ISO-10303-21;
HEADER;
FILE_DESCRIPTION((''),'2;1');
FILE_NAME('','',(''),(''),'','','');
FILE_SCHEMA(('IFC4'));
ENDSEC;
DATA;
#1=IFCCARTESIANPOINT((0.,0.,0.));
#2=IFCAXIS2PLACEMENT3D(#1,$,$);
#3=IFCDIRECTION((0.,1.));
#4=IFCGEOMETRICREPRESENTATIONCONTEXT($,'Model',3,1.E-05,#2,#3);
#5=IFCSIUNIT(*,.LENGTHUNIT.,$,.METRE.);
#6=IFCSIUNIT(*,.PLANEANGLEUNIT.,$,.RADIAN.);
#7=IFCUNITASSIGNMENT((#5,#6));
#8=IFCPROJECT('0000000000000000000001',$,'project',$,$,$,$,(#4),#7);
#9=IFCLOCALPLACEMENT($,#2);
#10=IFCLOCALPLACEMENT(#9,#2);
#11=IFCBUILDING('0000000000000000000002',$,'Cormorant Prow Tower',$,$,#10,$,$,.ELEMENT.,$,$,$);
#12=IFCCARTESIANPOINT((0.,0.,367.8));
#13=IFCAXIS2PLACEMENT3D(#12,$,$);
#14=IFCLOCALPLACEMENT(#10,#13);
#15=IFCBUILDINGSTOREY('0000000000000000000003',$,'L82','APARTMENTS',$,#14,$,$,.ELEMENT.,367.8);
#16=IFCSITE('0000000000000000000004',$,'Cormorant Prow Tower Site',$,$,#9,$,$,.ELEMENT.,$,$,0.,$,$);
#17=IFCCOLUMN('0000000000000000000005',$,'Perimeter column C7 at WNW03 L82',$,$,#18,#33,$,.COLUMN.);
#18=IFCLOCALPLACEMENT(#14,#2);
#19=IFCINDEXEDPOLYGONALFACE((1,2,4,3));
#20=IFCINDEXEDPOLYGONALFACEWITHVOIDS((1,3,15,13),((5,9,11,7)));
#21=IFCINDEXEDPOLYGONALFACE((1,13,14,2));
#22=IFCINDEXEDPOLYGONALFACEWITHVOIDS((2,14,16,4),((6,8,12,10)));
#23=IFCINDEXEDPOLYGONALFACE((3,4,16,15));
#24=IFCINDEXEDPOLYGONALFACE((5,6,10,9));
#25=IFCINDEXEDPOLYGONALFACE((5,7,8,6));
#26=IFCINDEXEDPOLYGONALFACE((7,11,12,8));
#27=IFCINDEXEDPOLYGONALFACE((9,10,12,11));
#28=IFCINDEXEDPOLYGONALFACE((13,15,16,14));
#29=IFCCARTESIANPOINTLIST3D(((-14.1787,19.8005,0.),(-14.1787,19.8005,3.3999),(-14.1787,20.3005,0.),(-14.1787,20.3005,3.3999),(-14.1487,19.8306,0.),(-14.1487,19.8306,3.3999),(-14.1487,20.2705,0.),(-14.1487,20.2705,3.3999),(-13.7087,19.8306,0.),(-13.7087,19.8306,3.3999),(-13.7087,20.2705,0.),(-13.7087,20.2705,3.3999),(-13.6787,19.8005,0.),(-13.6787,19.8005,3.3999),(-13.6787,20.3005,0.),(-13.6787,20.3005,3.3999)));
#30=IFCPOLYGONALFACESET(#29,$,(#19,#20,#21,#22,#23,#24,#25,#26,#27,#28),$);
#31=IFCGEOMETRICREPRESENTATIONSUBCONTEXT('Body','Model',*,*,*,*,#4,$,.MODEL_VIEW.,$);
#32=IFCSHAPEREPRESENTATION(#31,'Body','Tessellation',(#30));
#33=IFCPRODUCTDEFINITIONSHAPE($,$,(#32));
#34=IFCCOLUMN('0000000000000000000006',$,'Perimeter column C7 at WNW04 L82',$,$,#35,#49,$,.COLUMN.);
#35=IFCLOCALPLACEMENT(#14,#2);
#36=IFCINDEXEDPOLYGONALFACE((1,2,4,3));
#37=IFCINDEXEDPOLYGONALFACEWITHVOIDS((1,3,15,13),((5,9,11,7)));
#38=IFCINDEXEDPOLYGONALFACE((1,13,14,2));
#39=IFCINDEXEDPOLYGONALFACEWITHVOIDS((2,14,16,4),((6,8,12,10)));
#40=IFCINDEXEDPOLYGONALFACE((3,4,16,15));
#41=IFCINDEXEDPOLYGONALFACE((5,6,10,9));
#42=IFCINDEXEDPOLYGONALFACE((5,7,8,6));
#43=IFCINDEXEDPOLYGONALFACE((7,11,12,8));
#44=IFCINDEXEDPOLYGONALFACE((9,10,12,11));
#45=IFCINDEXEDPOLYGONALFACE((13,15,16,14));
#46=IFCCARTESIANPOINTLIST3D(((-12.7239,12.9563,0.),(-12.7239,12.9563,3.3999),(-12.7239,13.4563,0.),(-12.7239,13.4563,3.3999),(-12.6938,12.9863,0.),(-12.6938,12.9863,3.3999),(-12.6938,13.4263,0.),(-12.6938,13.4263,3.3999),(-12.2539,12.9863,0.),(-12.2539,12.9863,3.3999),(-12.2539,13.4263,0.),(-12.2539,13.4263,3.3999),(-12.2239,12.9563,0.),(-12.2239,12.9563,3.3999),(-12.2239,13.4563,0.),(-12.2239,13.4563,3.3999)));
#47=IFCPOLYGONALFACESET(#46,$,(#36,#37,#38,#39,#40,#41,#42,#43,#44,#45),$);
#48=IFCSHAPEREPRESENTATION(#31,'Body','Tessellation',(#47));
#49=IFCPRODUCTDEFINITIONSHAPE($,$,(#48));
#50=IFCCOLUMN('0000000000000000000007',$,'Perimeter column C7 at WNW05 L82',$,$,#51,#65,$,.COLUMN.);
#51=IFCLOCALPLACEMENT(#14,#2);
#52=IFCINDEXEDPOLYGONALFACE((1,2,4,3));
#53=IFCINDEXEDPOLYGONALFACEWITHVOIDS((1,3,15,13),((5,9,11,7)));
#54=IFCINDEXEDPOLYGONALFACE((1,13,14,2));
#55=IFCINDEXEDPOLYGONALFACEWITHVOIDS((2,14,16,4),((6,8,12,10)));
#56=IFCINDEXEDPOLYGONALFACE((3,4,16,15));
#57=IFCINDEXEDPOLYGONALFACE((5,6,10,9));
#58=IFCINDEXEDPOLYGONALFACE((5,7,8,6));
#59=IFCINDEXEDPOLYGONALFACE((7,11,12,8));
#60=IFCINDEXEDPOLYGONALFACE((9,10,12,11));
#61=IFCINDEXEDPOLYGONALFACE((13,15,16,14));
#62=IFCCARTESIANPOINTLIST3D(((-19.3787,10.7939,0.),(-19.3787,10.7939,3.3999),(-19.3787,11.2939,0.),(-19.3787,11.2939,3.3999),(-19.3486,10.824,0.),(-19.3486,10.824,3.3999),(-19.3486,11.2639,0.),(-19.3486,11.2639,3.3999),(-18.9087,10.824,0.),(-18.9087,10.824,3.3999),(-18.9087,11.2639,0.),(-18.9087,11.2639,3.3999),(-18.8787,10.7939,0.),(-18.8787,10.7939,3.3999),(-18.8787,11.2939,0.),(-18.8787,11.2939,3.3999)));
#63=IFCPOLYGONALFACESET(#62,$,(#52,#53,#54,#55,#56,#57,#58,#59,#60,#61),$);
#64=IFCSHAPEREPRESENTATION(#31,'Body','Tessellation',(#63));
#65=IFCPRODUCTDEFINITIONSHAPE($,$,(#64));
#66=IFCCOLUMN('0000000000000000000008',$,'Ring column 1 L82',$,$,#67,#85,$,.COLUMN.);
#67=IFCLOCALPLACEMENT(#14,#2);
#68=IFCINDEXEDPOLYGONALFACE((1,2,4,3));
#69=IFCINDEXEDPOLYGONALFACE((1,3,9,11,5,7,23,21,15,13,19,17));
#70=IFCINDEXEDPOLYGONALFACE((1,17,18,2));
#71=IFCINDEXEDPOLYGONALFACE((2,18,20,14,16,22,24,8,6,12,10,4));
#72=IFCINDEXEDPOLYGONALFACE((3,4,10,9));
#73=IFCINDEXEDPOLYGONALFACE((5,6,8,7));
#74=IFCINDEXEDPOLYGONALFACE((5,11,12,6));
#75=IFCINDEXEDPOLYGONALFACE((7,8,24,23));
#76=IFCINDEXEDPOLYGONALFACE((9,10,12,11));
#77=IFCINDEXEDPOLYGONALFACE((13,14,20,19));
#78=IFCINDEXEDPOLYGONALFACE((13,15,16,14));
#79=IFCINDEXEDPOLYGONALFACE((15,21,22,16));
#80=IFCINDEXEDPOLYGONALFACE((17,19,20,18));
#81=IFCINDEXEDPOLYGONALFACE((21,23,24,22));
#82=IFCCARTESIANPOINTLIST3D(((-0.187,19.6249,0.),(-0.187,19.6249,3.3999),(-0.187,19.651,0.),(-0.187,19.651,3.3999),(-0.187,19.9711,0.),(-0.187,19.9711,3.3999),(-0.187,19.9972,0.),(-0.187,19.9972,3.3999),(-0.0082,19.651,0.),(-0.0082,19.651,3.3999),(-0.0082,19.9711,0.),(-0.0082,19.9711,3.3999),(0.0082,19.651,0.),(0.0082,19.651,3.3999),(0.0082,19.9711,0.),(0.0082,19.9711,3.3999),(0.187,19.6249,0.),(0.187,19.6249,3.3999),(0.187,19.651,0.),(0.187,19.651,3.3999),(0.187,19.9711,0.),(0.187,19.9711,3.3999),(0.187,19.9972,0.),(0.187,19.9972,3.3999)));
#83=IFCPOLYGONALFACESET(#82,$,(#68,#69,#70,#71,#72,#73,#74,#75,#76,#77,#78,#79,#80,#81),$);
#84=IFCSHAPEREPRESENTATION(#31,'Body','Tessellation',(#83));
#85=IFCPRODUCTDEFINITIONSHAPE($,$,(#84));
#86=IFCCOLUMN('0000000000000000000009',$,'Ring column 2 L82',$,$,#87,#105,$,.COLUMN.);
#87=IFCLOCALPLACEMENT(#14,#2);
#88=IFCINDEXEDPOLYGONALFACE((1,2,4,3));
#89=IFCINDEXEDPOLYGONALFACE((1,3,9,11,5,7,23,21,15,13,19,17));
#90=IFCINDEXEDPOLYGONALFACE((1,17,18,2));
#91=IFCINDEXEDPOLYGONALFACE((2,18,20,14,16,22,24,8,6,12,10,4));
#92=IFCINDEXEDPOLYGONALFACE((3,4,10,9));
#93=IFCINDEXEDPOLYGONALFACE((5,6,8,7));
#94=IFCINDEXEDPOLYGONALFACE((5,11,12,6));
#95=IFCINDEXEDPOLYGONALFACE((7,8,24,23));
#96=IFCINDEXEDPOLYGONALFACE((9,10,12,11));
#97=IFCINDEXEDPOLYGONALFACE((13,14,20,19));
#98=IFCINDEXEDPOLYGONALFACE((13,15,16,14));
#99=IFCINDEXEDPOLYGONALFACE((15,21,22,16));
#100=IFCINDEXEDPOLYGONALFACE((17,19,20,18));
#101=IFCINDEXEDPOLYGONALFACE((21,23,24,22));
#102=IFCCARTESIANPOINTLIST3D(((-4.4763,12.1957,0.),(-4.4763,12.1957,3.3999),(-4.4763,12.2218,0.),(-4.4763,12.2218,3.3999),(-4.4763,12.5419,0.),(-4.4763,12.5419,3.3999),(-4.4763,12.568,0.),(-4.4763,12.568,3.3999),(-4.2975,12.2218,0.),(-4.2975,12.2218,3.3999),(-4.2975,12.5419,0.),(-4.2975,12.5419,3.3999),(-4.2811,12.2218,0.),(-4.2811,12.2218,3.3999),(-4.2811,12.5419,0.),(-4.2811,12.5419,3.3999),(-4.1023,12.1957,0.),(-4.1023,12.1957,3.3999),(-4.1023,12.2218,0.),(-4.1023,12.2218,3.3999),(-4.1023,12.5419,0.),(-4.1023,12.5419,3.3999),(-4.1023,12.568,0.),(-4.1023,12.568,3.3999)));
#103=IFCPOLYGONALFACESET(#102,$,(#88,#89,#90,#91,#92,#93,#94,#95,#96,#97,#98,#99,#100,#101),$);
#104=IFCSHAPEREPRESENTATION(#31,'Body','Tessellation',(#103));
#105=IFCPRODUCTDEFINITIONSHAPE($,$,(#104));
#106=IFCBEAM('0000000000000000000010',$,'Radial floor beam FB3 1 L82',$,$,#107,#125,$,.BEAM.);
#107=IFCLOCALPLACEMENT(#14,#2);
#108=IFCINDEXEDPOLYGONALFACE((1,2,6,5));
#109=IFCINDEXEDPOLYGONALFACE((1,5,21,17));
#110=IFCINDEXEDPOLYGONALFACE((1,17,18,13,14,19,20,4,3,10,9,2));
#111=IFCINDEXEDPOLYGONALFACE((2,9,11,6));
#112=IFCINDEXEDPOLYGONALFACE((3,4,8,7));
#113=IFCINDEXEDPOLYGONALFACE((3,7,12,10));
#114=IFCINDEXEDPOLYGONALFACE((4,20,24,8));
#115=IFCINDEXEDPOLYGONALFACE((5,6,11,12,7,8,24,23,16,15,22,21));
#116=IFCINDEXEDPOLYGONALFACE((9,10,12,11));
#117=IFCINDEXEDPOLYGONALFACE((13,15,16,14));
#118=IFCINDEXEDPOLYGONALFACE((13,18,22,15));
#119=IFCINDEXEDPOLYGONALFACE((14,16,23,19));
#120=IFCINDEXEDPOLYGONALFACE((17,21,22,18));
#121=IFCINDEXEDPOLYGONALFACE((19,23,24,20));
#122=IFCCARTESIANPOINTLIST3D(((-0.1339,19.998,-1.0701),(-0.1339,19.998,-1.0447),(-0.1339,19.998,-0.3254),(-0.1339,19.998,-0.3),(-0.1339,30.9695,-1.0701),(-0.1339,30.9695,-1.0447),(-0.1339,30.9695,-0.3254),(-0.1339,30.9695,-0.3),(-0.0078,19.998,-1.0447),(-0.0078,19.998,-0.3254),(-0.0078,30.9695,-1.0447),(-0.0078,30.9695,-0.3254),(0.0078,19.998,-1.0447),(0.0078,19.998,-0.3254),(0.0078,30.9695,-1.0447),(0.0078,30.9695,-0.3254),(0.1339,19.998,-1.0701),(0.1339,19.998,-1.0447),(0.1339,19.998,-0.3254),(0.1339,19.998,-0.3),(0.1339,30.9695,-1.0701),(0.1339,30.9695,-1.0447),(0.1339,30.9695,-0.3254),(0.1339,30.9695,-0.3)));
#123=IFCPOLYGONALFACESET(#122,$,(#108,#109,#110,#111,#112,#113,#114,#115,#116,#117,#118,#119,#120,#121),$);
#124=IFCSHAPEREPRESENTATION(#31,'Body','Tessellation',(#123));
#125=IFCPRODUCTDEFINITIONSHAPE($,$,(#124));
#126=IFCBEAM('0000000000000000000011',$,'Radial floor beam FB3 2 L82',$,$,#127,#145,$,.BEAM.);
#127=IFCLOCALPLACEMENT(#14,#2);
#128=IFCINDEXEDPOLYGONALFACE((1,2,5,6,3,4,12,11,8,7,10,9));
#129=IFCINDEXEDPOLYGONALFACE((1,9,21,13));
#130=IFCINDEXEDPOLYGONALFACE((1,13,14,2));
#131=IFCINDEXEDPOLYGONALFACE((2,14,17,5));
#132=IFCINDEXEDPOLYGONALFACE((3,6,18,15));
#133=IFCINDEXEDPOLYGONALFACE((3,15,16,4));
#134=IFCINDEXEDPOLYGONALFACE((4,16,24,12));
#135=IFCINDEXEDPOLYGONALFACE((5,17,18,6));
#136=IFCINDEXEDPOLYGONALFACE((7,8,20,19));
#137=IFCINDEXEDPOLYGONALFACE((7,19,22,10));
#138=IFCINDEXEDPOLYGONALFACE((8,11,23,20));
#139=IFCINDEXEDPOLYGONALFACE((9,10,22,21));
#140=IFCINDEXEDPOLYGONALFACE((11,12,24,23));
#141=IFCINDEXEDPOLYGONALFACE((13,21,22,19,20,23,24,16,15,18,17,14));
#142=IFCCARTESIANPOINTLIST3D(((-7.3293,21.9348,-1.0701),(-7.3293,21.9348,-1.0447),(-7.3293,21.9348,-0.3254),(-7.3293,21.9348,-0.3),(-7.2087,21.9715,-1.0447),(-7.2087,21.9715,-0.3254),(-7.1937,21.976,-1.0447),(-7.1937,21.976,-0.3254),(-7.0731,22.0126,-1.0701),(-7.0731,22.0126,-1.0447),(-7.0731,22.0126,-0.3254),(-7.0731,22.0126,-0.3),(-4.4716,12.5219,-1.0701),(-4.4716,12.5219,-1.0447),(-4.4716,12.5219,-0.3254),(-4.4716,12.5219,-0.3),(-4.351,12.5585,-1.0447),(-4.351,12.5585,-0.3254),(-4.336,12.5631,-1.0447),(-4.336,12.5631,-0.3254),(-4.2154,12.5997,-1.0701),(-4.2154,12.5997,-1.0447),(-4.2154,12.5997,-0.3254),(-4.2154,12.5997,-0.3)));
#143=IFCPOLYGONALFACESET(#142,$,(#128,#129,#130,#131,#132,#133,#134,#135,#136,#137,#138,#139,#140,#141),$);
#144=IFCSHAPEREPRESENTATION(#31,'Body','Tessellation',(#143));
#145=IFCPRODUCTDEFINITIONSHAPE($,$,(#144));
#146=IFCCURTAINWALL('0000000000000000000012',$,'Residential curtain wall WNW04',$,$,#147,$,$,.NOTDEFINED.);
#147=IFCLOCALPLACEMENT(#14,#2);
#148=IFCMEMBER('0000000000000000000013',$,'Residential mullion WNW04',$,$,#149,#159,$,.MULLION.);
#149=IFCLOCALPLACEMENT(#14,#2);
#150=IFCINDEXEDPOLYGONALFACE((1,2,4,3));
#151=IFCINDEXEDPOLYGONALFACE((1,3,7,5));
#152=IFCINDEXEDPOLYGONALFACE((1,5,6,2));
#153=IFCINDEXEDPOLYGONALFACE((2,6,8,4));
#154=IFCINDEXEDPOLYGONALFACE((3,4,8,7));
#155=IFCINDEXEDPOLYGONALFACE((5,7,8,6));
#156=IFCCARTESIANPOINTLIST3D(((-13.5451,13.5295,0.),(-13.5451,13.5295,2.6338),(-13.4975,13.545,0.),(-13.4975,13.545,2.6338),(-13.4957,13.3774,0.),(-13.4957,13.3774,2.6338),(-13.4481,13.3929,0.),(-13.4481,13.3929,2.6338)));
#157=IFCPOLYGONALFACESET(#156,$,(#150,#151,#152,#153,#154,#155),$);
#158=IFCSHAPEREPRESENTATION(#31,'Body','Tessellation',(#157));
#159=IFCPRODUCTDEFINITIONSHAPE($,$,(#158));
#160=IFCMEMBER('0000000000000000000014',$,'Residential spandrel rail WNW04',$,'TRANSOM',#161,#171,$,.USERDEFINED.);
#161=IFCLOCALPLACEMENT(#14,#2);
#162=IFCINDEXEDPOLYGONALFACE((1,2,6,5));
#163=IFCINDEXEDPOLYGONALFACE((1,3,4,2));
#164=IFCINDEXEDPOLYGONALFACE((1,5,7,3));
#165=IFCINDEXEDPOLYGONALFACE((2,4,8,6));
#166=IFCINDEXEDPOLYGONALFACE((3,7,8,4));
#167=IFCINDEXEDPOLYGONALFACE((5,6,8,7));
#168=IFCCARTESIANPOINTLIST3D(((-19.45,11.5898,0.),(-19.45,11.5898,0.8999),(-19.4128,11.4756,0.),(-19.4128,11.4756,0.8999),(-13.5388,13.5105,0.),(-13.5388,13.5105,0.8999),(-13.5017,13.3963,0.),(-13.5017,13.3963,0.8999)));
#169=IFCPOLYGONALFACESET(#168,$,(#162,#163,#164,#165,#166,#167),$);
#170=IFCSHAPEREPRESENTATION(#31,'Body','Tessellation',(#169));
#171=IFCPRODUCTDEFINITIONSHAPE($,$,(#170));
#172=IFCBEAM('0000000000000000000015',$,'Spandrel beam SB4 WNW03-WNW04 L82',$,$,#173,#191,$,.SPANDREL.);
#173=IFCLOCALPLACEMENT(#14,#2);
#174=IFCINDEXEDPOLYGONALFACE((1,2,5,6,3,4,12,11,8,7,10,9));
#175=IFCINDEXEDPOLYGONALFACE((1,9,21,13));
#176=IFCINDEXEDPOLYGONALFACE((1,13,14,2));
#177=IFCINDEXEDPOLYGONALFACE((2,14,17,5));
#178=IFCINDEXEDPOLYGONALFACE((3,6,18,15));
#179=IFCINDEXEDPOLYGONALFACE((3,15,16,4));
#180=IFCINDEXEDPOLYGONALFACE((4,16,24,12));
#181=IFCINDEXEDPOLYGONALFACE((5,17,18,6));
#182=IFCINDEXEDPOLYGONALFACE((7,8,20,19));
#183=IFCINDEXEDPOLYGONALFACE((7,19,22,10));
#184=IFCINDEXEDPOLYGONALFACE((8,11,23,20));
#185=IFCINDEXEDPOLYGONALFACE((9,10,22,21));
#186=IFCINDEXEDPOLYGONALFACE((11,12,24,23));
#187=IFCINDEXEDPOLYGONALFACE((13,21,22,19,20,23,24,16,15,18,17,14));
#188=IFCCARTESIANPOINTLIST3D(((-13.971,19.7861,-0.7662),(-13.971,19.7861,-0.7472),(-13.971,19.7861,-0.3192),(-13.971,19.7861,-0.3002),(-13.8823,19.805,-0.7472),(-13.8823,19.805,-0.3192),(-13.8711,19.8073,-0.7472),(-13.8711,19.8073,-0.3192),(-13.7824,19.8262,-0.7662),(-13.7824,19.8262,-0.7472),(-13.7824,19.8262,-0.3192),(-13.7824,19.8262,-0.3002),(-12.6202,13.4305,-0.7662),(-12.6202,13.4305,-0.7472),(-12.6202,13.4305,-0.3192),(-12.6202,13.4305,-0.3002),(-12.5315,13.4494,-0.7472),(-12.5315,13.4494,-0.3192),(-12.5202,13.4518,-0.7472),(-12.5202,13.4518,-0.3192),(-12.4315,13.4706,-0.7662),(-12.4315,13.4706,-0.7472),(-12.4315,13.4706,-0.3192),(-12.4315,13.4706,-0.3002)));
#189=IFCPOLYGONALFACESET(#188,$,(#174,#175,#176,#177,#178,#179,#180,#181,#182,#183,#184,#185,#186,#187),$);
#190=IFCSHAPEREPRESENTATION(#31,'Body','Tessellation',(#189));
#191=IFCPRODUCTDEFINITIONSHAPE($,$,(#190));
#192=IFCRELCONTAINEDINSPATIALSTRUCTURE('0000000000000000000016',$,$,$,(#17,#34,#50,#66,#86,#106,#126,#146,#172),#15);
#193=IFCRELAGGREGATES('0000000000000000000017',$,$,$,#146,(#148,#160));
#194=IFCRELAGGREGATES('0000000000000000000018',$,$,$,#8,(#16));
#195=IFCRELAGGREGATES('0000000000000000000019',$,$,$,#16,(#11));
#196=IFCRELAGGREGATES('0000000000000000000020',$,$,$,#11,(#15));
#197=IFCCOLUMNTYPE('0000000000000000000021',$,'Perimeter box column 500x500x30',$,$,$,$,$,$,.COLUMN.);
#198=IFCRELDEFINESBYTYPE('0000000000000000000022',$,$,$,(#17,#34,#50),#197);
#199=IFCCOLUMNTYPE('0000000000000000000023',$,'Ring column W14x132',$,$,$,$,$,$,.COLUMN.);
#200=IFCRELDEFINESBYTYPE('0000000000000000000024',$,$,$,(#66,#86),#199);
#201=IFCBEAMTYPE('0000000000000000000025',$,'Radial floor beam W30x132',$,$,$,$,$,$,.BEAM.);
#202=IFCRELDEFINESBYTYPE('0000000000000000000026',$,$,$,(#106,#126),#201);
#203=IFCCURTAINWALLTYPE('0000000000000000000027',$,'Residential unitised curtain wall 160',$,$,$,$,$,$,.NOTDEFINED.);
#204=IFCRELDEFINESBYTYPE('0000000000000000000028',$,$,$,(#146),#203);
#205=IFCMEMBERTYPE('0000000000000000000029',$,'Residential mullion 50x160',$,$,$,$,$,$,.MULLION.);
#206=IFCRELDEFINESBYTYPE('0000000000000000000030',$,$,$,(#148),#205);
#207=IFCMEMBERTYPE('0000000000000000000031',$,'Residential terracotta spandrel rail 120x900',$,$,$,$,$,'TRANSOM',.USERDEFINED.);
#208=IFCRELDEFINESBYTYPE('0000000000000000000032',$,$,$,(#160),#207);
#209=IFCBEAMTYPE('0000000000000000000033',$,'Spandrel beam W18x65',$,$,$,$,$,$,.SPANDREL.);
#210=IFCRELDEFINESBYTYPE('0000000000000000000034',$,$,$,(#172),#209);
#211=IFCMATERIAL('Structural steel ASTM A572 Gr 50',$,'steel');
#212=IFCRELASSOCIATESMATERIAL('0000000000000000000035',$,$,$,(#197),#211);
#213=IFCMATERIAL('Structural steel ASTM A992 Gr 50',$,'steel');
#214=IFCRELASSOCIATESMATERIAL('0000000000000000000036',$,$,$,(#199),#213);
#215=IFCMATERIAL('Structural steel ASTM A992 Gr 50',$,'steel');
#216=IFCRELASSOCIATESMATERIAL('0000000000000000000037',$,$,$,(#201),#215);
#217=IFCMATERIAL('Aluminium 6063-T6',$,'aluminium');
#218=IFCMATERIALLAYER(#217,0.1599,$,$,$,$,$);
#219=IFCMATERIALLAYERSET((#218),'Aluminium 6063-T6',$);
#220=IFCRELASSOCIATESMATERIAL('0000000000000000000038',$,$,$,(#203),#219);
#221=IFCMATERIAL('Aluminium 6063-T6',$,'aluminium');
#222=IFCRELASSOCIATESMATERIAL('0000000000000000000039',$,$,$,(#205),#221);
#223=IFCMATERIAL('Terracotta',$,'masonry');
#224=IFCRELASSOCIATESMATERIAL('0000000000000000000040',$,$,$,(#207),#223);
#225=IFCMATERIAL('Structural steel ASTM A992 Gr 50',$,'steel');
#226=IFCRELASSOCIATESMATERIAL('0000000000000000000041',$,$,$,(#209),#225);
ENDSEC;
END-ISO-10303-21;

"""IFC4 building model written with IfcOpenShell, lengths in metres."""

from ifc_helpers import new_model, si_unit, direction, frame, origin, origin_2d, place, context, subcontext, project, spatial, rectangle, hollow_rectangle, i_section, extrude, material, layer, layer_set, material_profile, profile_set, type_object, element, aggregate, save


model = new_model("IFC4")

# Units and contexts
model_context = context("Model", 3, precision=1e-05, world=origin(), true_north=direction((0.0, 1.0)))
body_context = subcontext(model_context, "Body", "Model", "MODEL_VIEW")
ifc_project = project(units=[si_unit("LENGTHUNIT", "METRE"), si_unit("PLANEANGLEUNIT", "RADIAN")], contexts=[model_context])

# Site, building, storey
site_placement = place(None, origin())
site = spatial("IfcSite", under=ifc_project, at=site_placement, Name="Cormorant Prow Tower Site", CompositionType="ELEMENT", RefElevation=0.0)
building_placement = place(site_placement, origin())
building = spatial("IfcBuilding", under=site, at=building_placement, Name="Cormorant Prow Tower", CompositionType="ELEMENT")
storey_placement = place(building_placement, frame((0.0, 0.0, 367.8)))
storey = spatial("IfcBuildingStorey", under=building, at=storey_placement, Name="L82", Description="APARTMENTS", CompositionType="ELEMENT", Elevation=367.8)

# Columns
ifc_material_1 = material(Name="Structural steel ASTM A572 Gr 50", Category="steel")
ifc_material_profile_1 = material_profile(ifc_material_1, hollow_rectangle(XDim=0.5, YDim=0.5, WallThickness=0.03, at=origin_2d()), Name="Box 500x500x30")
ifc_profile_set_1 = profile_set([ifc_material_profile_1], Name="Structural steel ASTM A572 Gr 50")
column_type_1 = type_object("IfcColumnType", Name="Perimeter box column 500x500x30", PredefinedType="COLUMN", material=ifc_profile_set_1)
for number, where, z_axis, x_axis, name in (
    (1, (-13.9287, 20.0505, 0.0), (0.0, 0.0, 1.0), (1.0, 0.0, 0.0), "Perimeter column C7 at WNW03 L82"),
    (2, (-12.4739, 13.2063, 0.0), (0.0, 0.0, 1.0), (1.0, 0.0, 0.0), "Perimeter column C7 at WNW04 L82"),
    (3, (-19.1287, 11.0439, 0.0), (0.0, 0.0, 1.0), (1.0, 0.0, 0.0), "Perimeter column C7 at WNW05 L82"),
):
    element("IfcColumn", number, at=place(storey_placement, frame(where, z_axis=z_axis, x_axis=x_axis)), inside=storey, type_object=column_type_1, Name=name, PredefinedType="COLUMN", context=body_context, shape_type="SweptSolid", body=[
        extrude(hollow_rectangle(XDim=0.5, YDim=0.5, WallThickness=0.03, at=origin_2d()), origin(), (0.0, 0.0, 1.0), 3.3999),
    ])
ifc_material_2 = material(Name="Structural steel ASTM A992 Gr 50", Category="steel")
ifc_material_profile_2 = material_profile(ifc_material_2, i_section(OverallWidth=0.374, OverallDepth=0.3723, WebThickness=0.0164, FlangeThickness=0.0261, at=origin_2d()), Name="W14x132")
ifc_profile_set_2 = profile_set([ifc_material_profile_2], Name="Structural steel ASTM A992 Gr 50")
column_type_2 = type_object("IfcColumnType", Name="Ring column W14x132", PredefinedType="COLUMN", material=ifc_profile_set_2)
for number, where, z_axis, x_axis, name in (
    (4, (0.0, 19.811, 0.0), (0.0, 0.0, 1.0), (1.0, 0.0, 0.0), "Ring column 1 L82"),
    (5, (-4.2893, 12.3818, 0.0), (0.0, 0.0, 1.0), (1.0, 0.0, 0.0), "Ring column 2 L82"),
):
    element("IfcColumn", number, at=place(storey_placement, frame(where, z_axis=z_axis, x_axis=x_axis)), inside=storey, type_object=column_type_2, Name=name, PredefinedType="COLUMN", context=body_context, shape_type="SweptSolid", body=[
        extrude(i_section(OverallWidth=0.374, OverallDepth=0.3723, WebThickness=0.0164, FlangeThickness=0.0261, at=origin_2d()), origin(), (0.0, 0.0, 1.0), 3.3999),
    ])

# Beams
ifc_material_3 = material(Name="Structural steel ASTM A992 Gr 50", Category="steel")
ifc_material_profile_3 = material_profile(ifc_material_3, i_section(OverallWidth=0.2678, OverallDepth=0.77, WebThickness=0.0156, FlangeThickness=0.0254, at=origin_2d()), Name="W30x132")
ifc_profile_set_3 = profile_set([ifc_material_profile_3], Name="Structural steel ASTM A992 Gr 50")
beam_type_1 = type_object("IfcBeamType", Name="Radial floor beam W30x132", PredefinedType="BEAM", material=ifc_profile_set_3)
beam_1_placement = place(storey_placement, frame((0.0, 19.998, -0.6851), z_axis=(0.0, 1.0, 0.0), x_axis=(-1.0, 0.0, 0.0)))
element("IfcBeam", 6, at=beam_1_placement, inside=storey, type_object=beam_type_1, Name="Radial floor beam FB3 1 L82", PredefinedType="BEAM", context=body_context, shape_type="SweptSolid", body=[
    extrude(i_section(OverallWidth=0.2678, OverallDepth=0.77, WebThickness=0.0156, FlangeThickness=0.0254, at=origin_2d()), origin(), (0.0, 0.0, 1.0), 10.9714),
])
beam_2_placement = place(storey_placement, frame((-4.3435, 12.5608, -0.6851), z_axis=(-0.2905, 0.956875, 0.0), x_axis=(-0.956875, -0.2905, 0.0)))
element("IfcBeam", 7, at=beam_2_placement, inside=storey, type_object=beam_type_1, Name="Radial floor beam FB3 2 L82", PredefinedType="BEAM", context=body_context, shape_type="SweptSolid", body=[
    extrude(i_section(OverallWidth=0.2678, OverallDepth=0.77, WebThickness=0.0156, FlangeThickness=0.0254, at=origin_2d()), origin(), (0.0, 0.0, 1.0), 9.8372),
])

# Curtain wall, members
ifc_material_4 = material(Name="Aluminium 6063-T6", Category="aluminium")
ifc_layer_1 = layer(ifc_material_4, 0.1599)
ifc_layer_set_1 = layer_set([ifc_layer_1], Name="Aluminium 6063-T6")
curtain_wall_type = type_object("IfcCurtainWallType", Name="Residential unitised curtain wall 160", PredefinedType="NOTDEFINED", material=ifc_layer_set_1)
curtain_wall_1_placement = place(storey_placement, origin())
curtain_wall_1 = element("IfcCurtainWall", 8, at=curtain_wall_1_placement, inside=storey, type_object=curtain_wall_type, Name="Residential curtain wall WNW04", PredefinedType="NOTDEFINED")
ifc_material_5 = material(Name="Aluminium 6063-T6", Category="aluminium")
ifc_material_profile_4 = material_profile(ifc_material_5, rectangle(XDim=0.1599, YDim=0.05, at=origin_2d()), Name="Residential mullion 50x160")
ifc_profile_set_4 = profile_set([ifc_material_profile_4], Name="Aluminium 6063-T6")
member_type_1 = type_object("IfcMemberType", Name="Residential mullion 50x160", PredefinedType="MULLION", material=ifc_profile_set_4)
member_1_placement = place(storey_placement, frame((-13.4966, 13.4612, 0.0), z_axis=(0.0, 0.0, 1.0), x_axis=(0.309017, -0.951057, 0.0)))
member_1 = element("IfcMember", 9, at=member_1_placement, type_object=member_type_1, Name="Residential mullion WNW04", PredefinedType="MULLION", context=body_context, shape_type="SweptSolid", body=[
    extrude(rectangle(XDim=0.1599, YDim=0.05, at=origin_2d()), origin(), (0.0, 0.0, 1.0), 2.6338),
])
ifc_material_6 = material(Name="Terracotta", Category="masonry")
ifc_material_profile_5 = material_profile(ifc_material_6, rectangle(XDim=0.1201, YDim=0.8999, at=origin_2d()), Name="Residential terracotta spandrel rail 120x900")
ifc_profile_set_5 = profile_set([ifc_material_profile_5], Name="Terracotta")
member_type_2 = type_object("IfcMemberType", Name="Residential terracotta spandrel rail 120x900", ElementType="TRANSOM", PredefinedType="USERDEFINED", material=ifc_profile_set_5)
member_2_placement = place(storey_placement, frame((-13.5203, 13.4534, 0.45), z_axis=(-0.951056, -0.309019, 0.0), x_axis=(0.309019, -0.951056, 0.0)))
member_2 = element("IfcMember", 10, at=member_2_placement, type_object=member_type_2, Name="Residential spandrel rail WNW04", ObjectType="TRANSOM", PredefinedType="USERDEFINED", context=body_context, shape_type="SweptSolid", body=[
    extrude(rectangle(XDim=0.1201, YDim=0.8999, at=origin_2d()), origin(), (0.0, 0.0, 1.0), 6.2153),
])

# Beam
ifc_material_7 = material(Name="Structural steel ASTM A992 Gr 50", Category="steel")
ifc_material_profile_6 = material_profile(ifc_material_7, i_section(OverallWidth=0.1929, OverallDepth=0.4661, WebThickness=0.0115, FlangeThickness=0.019, at=origin_2d()), Name="W18x65")
ifc_profile_set_6 = profile_set([ifc_material_profile_6], Name="Structural steel ASTM A992 Gr 50")
beam_type_2 = type_object("IfcBeamType", Name="Spandrel beam W18x65", PredefinedType="SPANDREL", material=ifc_profile_set_6)
beam_3_placement = place(storey_placement, frame((-13.8767, 19.8062, -0.5332), z_axis=(0.207902, -0.97815, 0.0), x_axis=(0.97815, 0.207902, 0.0)))
element("IfcBeam", 11, at=beam_3_placement, inside=storey, type_object=beam_type_2, Name="Spandrel beam SB4 WNW03-WNW04 L82", PredefinedType="SPANDREL", context=body_context, shape_type="SweptSolid", body=[
    extrude(i_section(OverallWidth=0.1929, OverallDepth=0.4661, WebThickness=0.0115, FlangeThickness=0.019, at=origin_2d()), origin(), (0.0, 0.0, 1.0), 6.4976),
])

aggregate(curtain_wall_1, [member_1, member_2])

save(model, "model.ifc")
